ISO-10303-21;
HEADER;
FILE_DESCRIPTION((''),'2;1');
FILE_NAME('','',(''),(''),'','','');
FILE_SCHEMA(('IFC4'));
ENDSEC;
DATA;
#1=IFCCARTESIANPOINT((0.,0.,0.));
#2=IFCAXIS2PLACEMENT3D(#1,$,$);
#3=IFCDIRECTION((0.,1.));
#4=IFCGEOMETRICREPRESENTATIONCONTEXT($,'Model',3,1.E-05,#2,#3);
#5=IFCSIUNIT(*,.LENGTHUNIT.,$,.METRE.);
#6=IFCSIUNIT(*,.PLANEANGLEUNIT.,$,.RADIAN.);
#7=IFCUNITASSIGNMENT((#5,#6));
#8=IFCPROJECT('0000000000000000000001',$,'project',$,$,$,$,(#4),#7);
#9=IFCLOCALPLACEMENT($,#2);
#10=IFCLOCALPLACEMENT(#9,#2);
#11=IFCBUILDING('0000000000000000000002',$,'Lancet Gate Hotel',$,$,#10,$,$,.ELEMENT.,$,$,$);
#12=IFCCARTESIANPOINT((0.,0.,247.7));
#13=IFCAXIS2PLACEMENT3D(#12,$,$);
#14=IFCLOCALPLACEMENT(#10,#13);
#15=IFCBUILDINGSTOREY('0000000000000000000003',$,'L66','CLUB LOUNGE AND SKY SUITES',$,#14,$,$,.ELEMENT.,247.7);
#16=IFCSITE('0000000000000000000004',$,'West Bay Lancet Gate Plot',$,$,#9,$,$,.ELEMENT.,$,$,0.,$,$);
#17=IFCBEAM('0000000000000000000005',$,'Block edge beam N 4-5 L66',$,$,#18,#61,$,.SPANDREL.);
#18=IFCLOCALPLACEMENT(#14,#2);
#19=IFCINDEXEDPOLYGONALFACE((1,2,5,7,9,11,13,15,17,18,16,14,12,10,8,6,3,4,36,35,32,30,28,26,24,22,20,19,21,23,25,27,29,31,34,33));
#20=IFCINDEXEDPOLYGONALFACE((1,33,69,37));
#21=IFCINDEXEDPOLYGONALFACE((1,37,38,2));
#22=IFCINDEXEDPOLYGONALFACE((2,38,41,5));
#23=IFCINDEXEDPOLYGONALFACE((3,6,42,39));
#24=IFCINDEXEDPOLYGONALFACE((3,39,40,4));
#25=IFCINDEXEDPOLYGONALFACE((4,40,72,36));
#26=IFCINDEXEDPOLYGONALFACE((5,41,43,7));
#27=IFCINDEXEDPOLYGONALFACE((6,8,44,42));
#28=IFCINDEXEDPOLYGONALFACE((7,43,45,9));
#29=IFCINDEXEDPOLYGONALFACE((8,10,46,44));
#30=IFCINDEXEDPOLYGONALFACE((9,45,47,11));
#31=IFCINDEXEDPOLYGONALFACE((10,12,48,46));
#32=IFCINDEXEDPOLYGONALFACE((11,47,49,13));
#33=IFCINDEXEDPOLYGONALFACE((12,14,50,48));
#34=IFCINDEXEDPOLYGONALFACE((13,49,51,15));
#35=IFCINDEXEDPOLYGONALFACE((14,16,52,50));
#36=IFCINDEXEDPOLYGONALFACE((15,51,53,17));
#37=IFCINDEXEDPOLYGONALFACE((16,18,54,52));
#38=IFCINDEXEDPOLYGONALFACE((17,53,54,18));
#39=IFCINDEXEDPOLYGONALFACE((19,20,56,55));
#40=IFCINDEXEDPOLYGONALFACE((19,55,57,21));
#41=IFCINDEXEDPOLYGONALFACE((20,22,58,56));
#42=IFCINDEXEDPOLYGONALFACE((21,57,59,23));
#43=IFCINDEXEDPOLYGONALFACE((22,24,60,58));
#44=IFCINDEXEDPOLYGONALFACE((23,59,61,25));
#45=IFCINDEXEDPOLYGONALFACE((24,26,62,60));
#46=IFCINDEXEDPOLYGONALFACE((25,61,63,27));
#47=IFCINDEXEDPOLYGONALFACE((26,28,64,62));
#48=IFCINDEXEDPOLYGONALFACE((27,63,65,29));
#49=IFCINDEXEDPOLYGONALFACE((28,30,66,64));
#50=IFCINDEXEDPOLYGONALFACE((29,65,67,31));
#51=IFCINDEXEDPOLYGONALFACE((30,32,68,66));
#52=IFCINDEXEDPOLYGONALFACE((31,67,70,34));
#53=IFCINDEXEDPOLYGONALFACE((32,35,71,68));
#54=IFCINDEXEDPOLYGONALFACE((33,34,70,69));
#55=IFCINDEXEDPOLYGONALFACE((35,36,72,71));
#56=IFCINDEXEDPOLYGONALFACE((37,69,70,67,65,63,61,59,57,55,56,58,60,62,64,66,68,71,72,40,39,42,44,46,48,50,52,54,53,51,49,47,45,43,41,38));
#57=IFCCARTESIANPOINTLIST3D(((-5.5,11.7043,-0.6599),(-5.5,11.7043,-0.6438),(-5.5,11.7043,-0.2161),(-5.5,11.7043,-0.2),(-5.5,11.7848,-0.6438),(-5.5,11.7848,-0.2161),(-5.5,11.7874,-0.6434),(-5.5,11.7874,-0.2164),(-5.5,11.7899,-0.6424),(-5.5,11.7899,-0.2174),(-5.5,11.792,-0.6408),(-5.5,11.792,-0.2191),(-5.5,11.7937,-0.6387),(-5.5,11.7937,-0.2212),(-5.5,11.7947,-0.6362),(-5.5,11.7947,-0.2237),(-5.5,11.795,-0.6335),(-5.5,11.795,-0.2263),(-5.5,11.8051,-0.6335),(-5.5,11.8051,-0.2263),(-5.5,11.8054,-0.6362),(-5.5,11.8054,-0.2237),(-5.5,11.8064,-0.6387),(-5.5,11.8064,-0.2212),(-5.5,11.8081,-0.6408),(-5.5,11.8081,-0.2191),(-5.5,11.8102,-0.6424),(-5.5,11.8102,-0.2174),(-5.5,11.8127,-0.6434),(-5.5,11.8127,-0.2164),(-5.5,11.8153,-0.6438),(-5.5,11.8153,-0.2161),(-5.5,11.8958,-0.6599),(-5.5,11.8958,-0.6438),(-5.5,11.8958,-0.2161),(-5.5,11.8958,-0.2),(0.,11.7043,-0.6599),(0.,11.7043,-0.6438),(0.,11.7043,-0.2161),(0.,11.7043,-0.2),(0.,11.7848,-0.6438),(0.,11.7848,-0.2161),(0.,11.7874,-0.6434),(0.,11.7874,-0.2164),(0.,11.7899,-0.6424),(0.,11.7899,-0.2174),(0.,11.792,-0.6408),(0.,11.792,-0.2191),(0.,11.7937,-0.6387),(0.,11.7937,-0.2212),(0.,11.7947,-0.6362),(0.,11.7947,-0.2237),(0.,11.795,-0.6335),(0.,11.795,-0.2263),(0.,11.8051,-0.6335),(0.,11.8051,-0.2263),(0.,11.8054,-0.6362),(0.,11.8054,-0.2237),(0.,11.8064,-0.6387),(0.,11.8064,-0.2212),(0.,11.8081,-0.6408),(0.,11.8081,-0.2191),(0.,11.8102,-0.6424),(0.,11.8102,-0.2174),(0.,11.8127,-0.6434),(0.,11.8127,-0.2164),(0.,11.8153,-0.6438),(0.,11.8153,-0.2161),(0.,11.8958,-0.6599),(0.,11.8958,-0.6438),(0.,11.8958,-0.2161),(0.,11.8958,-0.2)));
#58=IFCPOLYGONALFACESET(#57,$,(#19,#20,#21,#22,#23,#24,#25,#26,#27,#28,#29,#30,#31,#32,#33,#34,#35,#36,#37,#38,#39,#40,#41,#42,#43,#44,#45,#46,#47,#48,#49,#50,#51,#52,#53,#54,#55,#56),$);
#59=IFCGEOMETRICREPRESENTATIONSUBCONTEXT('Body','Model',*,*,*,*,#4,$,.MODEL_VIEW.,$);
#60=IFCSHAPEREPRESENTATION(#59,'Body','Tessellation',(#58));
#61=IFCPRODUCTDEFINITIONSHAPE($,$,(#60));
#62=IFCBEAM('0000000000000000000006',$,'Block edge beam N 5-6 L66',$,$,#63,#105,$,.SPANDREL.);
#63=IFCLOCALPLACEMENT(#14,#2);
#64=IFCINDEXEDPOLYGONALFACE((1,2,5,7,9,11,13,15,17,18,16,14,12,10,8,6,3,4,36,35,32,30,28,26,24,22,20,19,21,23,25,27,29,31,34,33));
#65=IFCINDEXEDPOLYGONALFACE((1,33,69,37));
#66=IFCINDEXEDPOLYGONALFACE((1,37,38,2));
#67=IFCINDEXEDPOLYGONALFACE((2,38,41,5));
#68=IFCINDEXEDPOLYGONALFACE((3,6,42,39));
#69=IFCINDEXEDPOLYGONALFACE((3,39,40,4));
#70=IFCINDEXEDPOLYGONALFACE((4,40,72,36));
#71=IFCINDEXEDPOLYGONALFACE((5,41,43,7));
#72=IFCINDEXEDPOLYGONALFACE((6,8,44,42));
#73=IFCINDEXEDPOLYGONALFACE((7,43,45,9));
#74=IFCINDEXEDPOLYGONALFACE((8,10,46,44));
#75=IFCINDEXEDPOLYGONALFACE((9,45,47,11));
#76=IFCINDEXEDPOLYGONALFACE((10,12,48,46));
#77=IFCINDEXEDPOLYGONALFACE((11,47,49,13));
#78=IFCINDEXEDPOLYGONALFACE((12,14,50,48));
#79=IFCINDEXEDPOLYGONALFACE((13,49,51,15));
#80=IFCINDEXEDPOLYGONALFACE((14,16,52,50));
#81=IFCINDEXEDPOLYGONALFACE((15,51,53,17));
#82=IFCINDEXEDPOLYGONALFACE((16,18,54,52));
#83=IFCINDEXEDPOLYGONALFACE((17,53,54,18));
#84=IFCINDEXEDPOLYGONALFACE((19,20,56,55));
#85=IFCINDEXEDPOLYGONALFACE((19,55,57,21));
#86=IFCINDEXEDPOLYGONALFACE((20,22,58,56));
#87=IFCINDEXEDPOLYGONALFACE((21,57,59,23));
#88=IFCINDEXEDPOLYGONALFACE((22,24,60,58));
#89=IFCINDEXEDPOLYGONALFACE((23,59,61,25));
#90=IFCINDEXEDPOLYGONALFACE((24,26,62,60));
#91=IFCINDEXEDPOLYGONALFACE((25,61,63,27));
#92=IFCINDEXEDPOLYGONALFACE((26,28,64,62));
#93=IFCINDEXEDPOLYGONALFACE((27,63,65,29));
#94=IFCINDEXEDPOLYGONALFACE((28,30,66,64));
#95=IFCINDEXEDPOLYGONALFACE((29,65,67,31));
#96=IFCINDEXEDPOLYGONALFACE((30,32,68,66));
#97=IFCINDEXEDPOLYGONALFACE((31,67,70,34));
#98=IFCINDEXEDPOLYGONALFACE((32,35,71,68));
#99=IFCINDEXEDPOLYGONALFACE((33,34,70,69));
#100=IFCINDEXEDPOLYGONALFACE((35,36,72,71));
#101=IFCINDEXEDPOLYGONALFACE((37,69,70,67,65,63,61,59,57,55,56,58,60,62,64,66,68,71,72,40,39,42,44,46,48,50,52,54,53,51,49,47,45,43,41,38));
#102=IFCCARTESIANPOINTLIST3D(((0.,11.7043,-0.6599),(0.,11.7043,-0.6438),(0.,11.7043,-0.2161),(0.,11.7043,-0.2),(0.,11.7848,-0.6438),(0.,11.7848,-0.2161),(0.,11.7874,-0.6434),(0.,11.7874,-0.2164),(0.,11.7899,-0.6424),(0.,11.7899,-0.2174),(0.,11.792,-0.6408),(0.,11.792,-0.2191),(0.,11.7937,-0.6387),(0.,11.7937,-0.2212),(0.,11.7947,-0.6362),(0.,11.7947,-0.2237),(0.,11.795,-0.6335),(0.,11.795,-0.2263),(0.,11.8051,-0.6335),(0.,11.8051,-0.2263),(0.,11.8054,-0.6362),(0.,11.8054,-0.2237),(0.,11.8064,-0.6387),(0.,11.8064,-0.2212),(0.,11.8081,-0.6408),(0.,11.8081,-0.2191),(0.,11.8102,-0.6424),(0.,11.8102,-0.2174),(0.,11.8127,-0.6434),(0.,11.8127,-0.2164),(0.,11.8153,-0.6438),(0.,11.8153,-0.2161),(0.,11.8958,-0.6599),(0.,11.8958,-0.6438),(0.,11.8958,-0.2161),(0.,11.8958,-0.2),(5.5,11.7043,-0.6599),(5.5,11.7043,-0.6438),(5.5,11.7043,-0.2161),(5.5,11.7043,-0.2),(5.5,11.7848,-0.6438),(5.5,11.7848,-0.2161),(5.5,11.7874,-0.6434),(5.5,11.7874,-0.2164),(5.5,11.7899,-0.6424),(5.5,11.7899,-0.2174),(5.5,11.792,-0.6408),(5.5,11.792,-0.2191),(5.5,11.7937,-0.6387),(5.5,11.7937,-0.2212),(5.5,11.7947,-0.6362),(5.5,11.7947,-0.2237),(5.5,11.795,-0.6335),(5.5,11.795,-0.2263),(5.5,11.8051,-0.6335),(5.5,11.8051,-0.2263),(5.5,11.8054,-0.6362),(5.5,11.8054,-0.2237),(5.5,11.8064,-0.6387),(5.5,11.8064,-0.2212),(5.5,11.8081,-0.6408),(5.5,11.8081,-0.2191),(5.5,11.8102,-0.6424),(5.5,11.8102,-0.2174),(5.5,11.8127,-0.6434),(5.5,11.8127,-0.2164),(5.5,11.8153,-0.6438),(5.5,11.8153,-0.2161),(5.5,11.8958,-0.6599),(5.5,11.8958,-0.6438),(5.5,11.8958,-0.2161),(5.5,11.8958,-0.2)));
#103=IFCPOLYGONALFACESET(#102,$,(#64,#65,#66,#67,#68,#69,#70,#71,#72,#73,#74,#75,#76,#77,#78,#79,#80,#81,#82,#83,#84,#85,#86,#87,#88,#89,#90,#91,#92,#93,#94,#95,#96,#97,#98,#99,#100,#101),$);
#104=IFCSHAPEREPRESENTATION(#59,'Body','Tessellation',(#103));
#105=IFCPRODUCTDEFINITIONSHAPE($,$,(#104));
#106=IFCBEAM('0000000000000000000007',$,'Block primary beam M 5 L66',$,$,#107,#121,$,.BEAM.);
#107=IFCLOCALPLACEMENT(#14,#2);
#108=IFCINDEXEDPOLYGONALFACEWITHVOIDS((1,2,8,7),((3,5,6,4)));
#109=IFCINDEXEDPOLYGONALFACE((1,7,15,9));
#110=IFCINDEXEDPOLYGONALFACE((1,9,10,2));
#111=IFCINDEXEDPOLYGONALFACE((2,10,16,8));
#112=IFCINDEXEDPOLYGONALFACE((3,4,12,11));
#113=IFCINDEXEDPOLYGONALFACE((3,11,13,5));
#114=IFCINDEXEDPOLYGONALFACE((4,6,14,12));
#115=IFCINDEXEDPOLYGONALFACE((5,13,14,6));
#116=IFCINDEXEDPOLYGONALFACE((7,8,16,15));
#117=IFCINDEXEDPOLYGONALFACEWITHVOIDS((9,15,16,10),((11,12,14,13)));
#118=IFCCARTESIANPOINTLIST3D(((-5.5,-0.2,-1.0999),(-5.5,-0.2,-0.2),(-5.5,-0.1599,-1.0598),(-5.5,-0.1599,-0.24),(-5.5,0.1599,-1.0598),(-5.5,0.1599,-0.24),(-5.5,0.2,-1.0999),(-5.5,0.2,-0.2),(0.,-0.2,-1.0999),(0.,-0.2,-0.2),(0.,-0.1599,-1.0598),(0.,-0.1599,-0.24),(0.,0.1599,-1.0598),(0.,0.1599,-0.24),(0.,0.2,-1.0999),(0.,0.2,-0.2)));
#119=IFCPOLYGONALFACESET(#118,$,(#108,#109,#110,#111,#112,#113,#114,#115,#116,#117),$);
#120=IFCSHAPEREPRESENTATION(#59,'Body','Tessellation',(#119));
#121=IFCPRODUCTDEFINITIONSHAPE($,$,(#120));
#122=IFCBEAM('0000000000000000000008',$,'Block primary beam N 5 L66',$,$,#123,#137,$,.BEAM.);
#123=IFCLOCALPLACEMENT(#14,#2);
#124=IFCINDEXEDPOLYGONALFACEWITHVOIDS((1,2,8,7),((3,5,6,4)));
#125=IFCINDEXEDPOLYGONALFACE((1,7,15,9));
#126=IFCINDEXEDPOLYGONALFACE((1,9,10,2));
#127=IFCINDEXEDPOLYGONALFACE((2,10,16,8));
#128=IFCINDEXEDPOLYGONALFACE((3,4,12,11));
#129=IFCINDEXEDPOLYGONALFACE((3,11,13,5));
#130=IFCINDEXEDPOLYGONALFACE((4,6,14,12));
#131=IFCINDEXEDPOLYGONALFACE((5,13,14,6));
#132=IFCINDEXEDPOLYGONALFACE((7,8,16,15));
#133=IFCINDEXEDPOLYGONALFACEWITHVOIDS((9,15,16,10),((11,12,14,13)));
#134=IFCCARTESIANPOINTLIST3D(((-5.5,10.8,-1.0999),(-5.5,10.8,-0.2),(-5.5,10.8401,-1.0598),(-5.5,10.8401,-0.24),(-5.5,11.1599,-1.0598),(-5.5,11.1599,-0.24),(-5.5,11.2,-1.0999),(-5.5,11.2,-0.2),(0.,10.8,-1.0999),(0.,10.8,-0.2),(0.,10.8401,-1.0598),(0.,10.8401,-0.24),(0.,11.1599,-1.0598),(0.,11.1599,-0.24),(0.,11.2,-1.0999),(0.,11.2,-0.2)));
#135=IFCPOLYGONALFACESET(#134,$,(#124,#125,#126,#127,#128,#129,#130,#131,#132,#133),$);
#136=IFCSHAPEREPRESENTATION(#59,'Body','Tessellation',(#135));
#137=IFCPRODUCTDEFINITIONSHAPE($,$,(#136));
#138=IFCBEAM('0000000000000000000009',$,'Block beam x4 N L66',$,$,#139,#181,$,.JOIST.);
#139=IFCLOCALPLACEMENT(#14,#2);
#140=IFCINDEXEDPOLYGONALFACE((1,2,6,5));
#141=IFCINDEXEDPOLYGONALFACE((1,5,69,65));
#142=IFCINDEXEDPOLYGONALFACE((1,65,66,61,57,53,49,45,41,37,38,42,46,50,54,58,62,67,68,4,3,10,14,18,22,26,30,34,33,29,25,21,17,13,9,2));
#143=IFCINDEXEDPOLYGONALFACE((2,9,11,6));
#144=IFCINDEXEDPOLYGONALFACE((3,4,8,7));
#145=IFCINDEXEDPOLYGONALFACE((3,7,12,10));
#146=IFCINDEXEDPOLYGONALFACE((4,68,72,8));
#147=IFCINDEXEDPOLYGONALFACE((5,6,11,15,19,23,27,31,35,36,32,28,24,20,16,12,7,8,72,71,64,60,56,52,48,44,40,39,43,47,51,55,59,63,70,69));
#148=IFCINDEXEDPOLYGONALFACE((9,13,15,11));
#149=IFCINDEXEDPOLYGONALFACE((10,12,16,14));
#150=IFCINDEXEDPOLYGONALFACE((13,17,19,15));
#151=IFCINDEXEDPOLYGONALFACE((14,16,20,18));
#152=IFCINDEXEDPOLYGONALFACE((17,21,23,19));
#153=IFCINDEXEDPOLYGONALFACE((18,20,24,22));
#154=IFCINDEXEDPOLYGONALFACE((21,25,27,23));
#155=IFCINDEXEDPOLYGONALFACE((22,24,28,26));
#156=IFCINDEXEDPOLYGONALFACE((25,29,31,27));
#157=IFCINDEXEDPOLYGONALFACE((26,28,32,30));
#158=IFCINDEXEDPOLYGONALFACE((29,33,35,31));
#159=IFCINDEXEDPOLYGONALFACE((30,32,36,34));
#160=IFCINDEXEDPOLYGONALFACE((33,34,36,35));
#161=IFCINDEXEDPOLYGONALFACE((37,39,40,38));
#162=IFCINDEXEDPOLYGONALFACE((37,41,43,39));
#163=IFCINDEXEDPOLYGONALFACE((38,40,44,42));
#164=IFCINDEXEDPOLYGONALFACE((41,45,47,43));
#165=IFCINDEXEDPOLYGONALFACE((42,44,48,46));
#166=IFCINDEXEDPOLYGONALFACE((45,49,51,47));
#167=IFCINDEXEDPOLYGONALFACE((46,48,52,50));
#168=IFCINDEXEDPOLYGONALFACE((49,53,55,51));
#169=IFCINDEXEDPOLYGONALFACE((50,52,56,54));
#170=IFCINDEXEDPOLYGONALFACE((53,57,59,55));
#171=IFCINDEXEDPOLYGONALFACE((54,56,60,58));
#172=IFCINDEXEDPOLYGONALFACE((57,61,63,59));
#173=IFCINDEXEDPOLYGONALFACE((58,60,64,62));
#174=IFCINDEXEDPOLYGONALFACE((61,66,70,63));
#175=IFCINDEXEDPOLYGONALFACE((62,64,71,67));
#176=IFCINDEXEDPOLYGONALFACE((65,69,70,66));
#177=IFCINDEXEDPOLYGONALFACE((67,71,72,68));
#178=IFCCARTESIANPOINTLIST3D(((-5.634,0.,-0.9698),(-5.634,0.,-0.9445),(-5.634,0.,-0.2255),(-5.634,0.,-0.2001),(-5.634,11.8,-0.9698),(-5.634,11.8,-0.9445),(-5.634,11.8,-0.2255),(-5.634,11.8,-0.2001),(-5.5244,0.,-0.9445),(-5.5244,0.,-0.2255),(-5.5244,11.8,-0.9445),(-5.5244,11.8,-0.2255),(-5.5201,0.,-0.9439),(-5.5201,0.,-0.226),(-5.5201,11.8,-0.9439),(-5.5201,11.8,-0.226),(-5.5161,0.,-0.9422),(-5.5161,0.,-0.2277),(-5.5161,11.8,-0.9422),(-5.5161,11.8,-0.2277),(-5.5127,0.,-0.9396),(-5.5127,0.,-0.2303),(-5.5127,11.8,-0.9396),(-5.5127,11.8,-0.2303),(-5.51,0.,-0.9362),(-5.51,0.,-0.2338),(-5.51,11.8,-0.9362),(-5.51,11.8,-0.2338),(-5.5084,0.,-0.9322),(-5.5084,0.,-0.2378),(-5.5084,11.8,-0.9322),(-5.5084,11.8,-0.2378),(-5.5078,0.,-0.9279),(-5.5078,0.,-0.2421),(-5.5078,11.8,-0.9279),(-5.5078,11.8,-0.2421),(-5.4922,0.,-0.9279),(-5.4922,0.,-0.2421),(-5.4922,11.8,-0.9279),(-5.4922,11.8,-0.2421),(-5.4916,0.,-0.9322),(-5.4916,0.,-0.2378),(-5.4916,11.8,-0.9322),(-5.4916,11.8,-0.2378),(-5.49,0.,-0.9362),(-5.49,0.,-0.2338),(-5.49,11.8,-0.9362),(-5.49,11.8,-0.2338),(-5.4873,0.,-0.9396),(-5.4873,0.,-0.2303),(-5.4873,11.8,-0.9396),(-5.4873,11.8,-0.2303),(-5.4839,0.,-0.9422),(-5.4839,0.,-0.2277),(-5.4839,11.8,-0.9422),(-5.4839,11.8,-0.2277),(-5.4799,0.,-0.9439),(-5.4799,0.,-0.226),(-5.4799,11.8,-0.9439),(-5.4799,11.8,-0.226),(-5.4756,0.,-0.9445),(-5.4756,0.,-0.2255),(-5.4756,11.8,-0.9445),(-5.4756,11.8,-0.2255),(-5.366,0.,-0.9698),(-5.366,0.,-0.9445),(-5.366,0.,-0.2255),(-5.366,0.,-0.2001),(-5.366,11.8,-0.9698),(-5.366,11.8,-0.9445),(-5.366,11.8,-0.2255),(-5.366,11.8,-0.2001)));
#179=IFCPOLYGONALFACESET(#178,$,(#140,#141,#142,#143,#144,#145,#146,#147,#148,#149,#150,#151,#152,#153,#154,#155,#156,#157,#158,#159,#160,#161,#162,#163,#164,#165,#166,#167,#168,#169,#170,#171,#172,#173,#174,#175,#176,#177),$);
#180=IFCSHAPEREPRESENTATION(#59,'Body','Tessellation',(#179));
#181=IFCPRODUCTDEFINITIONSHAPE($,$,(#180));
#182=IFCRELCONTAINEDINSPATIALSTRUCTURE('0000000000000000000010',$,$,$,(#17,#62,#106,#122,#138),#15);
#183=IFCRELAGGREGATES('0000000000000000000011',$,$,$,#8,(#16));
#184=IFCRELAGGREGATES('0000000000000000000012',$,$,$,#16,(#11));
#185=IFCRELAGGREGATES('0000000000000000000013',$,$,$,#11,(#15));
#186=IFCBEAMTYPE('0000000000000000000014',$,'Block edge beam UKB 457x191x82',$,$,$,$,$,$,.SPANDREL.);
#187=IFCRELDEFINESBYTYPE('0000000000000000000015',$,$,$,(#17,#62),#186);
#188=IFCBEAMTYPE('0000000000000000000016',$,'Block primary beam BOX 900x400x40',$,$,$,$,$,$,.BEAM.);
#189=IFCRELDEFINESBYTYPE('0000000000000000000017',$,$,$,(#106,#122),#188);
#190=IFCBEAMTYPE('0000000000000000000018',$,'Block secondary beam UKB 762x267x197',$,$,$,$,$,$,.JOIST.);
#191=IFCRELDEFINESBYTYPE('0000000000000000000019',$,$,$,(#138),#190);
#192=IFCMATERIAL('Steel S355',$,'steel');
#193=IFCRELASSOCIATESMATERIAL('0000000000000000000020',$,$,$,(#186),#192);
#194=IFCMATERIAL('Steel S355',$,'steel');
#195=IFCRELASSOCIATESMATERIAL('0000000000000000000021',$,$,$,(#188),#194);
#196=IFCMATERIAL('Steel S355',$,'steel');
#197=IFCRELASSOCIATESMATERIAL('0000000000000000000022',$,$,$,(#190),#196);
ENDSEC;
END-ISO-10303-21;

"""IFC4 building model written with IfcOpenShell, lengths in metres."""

from ifc_helpers import new_model, si_unit, direction, frame, origin, origin_2d, place, context, subcontext, project, spatial, hollow_rectangle, i_section, extrude, material, material_profile, profile_set, type_object, element, save


model = new_model("IFC4")

# Units and contexts
model_context = context("Model", 3, precision=1e-05, world=origin(), true_north=direction((0.0, 1.0)))
body_context = subcontext(model_context, "Body", "Model", "MODEL_VIEW")
ifc_project = project(units=[si_unit("LENGTHUNIT", "METRE"), si_unit("PLANEANGLEUNIT", "RADIAN")], contexts=[model_context])

# Site, building, storey
site_placement = place(None, origin())
site = spatial("IfcSite", under=ifc_project, at=site_placement, Name="West Bay Lancet Gate Plot", CompositionType="ELEMENT", RefElevation=0.0)
building_placement = place(site_placement, origin())
building = spatial("IfcBuilding", under=site, at=building_placement, Name="Lancet Gate Hotel", CompositionType="ELEMENT")
storey_placement = place(building_placement, frame((0.0, 0.0, 247.7)))
storey = spatial("IfcBuildingStorey", under=building, at=storey_placement, Name="L66", Description="CLUB LOUNGE AND SKY SUITES", CompositionType="ELEMENT", Elevation=247.7)

# Beams
ifc_material_1 = material(Name="Steel S355", Category="steel")
ifc_material_profile_1 = material_profile(ifc_material_1, i_section(OverallWidth=0.1914, OverallDepth=0.46, WebThickness=0.01, FlangeThickness=0.0161, FilletRadius=0.0103, at=origin_2d()), Name="UKB 457x191x82")
ifc_profile_set_1 = profile_set([ifc_material_profile_1], Name="Steel S355")
beam_type_1 = type_object("IfcBeamType", Name="Block edge beam UKB 457x191x82", PredefinedType="SPANDREL", material=ifc_profile_set_1)
for number, where, z_axis, x_axis, name in (
    (1, (-5.5, 11.8, -0.4299), (1.0, 0.0, 0.0), (0.0, 1.0, 0.0), "Block edge beam N 4-5 L66"),
    (2, (0.0, 11.8, -0.4299), (1.0, 0.0, 0.0), (0.0, 1.0, 0.0), "Block edge beam N 5-6 L66"),
):
    element("IfcBeam", number, at=place(storey_placement, frame(where, z_axis=z_axis, x_axis=x_axis)), inside=storey, type_object=beam_type_1, Name=name, PredefinedType="SPANDREL", context=body_context, shape_type="SweptSolid", body=[
        extrude(i_section(OverallWidth=0.1914, OverallDepth=0.46, WebThickness=0.01, FlangeThickness=0.0161, FilletRadius=0.0103, at=origin_2d()), origin(), (0.0, 0.0, 1.0), 5.5),
    ])
ifc_material_2 = material(Name="Steel S355", Category="steel")
ifc_material_profile_2 = material_profile(ifc_material_2, hollow_rectangle(XDim=0.3999, YDim=0.8999, WallThickness=0.04, at=origin_2d()), Name="BOX 900x400x40")
ifc_profile_set_2 = profile_set([ifc_material_profile_2], Name="Steel S355")
beam_type_2 = type_object("IfcBeamType", Name="Block primary beam BOX 900x400x40", PredefinedType="BEAM", material=ifc_profile_set_2)
for number, where, z_axis, x_axis, name in (
    (3, (-5.5, 0.0, -0.6499), (1.0, 0.0, 0.0), (0.0, 1.0, 0.0), "Block primary beam M 5 L66"),
    (4, (-5.5, 11.0, -0.6499), (1.0, 0.0, 0.0), (0.0, 1.0, 0.0), "Block primary beam N 5 L66"),
):
    element("IfcBeam", number, at=place(storey_placement, frame(where, z_axis=z_axis, x_axis=x_axis)), inside=storey, type_object=beam_type_2, Name=name, PredefinedType="BEAM", context=body_context, shape_type="SweptSolid", body=[
        extrude(hollow_rectangle(XDim=0.3999, YDim=0.8999, WallThickness=0.04, at=origin_2d()), origin(), (0.0, 0.0, 1.0), 5.5),
    ])
ifc_material_3 = material(Name="Steel S355", Category="steel")
ifc_material_profile_3 = material_profile(ifc_material_3, i_section(OverallWidth=0.2681, OverallDepth=0.7698, WebThickness=0.0156, FlangeThickness=0.0254, FilletRadius=0.0166, at=origin_2d()), Name="UKB 762x267x197")
ifc_profile_set_3 = profile_set([ifc_material_profile_3], Name="Steel S355")
beam_type_3 = type_object("IfcBeamType", Name="Block secondary beam UKB 762x267x197", PredefinedType="JOIST", material=ifc_profile_set_3)
for number, where, z_axis, x_axis, name in (
    (5, (-5.5, 0.0, -0.585), (0.0, 1.0, 0.0), (-1.0, 0.0, 0.0), "Block beam x4 N L66"),
):
    element("IfcBeam", number, at=place(storey_placement, frame(where, z_axis=z_axis, x_axis=x_axis)), inside=storey, type_object=beam_type_3, Name=name, PredefinedType="JOIST", context=body_context, shape_type="SweptSolid", body=[
        extrude(i_section(OverallWidth=0.2681, OverallDepth=0.7698, WebThickness=0.0156, FlangeThickness=0.0254, FilletRadius=0.0166, at=origin_2d()), origin(), (0.0, 0.0, 1.0), 11.8),
    ])

save(model, "model.ifc")
